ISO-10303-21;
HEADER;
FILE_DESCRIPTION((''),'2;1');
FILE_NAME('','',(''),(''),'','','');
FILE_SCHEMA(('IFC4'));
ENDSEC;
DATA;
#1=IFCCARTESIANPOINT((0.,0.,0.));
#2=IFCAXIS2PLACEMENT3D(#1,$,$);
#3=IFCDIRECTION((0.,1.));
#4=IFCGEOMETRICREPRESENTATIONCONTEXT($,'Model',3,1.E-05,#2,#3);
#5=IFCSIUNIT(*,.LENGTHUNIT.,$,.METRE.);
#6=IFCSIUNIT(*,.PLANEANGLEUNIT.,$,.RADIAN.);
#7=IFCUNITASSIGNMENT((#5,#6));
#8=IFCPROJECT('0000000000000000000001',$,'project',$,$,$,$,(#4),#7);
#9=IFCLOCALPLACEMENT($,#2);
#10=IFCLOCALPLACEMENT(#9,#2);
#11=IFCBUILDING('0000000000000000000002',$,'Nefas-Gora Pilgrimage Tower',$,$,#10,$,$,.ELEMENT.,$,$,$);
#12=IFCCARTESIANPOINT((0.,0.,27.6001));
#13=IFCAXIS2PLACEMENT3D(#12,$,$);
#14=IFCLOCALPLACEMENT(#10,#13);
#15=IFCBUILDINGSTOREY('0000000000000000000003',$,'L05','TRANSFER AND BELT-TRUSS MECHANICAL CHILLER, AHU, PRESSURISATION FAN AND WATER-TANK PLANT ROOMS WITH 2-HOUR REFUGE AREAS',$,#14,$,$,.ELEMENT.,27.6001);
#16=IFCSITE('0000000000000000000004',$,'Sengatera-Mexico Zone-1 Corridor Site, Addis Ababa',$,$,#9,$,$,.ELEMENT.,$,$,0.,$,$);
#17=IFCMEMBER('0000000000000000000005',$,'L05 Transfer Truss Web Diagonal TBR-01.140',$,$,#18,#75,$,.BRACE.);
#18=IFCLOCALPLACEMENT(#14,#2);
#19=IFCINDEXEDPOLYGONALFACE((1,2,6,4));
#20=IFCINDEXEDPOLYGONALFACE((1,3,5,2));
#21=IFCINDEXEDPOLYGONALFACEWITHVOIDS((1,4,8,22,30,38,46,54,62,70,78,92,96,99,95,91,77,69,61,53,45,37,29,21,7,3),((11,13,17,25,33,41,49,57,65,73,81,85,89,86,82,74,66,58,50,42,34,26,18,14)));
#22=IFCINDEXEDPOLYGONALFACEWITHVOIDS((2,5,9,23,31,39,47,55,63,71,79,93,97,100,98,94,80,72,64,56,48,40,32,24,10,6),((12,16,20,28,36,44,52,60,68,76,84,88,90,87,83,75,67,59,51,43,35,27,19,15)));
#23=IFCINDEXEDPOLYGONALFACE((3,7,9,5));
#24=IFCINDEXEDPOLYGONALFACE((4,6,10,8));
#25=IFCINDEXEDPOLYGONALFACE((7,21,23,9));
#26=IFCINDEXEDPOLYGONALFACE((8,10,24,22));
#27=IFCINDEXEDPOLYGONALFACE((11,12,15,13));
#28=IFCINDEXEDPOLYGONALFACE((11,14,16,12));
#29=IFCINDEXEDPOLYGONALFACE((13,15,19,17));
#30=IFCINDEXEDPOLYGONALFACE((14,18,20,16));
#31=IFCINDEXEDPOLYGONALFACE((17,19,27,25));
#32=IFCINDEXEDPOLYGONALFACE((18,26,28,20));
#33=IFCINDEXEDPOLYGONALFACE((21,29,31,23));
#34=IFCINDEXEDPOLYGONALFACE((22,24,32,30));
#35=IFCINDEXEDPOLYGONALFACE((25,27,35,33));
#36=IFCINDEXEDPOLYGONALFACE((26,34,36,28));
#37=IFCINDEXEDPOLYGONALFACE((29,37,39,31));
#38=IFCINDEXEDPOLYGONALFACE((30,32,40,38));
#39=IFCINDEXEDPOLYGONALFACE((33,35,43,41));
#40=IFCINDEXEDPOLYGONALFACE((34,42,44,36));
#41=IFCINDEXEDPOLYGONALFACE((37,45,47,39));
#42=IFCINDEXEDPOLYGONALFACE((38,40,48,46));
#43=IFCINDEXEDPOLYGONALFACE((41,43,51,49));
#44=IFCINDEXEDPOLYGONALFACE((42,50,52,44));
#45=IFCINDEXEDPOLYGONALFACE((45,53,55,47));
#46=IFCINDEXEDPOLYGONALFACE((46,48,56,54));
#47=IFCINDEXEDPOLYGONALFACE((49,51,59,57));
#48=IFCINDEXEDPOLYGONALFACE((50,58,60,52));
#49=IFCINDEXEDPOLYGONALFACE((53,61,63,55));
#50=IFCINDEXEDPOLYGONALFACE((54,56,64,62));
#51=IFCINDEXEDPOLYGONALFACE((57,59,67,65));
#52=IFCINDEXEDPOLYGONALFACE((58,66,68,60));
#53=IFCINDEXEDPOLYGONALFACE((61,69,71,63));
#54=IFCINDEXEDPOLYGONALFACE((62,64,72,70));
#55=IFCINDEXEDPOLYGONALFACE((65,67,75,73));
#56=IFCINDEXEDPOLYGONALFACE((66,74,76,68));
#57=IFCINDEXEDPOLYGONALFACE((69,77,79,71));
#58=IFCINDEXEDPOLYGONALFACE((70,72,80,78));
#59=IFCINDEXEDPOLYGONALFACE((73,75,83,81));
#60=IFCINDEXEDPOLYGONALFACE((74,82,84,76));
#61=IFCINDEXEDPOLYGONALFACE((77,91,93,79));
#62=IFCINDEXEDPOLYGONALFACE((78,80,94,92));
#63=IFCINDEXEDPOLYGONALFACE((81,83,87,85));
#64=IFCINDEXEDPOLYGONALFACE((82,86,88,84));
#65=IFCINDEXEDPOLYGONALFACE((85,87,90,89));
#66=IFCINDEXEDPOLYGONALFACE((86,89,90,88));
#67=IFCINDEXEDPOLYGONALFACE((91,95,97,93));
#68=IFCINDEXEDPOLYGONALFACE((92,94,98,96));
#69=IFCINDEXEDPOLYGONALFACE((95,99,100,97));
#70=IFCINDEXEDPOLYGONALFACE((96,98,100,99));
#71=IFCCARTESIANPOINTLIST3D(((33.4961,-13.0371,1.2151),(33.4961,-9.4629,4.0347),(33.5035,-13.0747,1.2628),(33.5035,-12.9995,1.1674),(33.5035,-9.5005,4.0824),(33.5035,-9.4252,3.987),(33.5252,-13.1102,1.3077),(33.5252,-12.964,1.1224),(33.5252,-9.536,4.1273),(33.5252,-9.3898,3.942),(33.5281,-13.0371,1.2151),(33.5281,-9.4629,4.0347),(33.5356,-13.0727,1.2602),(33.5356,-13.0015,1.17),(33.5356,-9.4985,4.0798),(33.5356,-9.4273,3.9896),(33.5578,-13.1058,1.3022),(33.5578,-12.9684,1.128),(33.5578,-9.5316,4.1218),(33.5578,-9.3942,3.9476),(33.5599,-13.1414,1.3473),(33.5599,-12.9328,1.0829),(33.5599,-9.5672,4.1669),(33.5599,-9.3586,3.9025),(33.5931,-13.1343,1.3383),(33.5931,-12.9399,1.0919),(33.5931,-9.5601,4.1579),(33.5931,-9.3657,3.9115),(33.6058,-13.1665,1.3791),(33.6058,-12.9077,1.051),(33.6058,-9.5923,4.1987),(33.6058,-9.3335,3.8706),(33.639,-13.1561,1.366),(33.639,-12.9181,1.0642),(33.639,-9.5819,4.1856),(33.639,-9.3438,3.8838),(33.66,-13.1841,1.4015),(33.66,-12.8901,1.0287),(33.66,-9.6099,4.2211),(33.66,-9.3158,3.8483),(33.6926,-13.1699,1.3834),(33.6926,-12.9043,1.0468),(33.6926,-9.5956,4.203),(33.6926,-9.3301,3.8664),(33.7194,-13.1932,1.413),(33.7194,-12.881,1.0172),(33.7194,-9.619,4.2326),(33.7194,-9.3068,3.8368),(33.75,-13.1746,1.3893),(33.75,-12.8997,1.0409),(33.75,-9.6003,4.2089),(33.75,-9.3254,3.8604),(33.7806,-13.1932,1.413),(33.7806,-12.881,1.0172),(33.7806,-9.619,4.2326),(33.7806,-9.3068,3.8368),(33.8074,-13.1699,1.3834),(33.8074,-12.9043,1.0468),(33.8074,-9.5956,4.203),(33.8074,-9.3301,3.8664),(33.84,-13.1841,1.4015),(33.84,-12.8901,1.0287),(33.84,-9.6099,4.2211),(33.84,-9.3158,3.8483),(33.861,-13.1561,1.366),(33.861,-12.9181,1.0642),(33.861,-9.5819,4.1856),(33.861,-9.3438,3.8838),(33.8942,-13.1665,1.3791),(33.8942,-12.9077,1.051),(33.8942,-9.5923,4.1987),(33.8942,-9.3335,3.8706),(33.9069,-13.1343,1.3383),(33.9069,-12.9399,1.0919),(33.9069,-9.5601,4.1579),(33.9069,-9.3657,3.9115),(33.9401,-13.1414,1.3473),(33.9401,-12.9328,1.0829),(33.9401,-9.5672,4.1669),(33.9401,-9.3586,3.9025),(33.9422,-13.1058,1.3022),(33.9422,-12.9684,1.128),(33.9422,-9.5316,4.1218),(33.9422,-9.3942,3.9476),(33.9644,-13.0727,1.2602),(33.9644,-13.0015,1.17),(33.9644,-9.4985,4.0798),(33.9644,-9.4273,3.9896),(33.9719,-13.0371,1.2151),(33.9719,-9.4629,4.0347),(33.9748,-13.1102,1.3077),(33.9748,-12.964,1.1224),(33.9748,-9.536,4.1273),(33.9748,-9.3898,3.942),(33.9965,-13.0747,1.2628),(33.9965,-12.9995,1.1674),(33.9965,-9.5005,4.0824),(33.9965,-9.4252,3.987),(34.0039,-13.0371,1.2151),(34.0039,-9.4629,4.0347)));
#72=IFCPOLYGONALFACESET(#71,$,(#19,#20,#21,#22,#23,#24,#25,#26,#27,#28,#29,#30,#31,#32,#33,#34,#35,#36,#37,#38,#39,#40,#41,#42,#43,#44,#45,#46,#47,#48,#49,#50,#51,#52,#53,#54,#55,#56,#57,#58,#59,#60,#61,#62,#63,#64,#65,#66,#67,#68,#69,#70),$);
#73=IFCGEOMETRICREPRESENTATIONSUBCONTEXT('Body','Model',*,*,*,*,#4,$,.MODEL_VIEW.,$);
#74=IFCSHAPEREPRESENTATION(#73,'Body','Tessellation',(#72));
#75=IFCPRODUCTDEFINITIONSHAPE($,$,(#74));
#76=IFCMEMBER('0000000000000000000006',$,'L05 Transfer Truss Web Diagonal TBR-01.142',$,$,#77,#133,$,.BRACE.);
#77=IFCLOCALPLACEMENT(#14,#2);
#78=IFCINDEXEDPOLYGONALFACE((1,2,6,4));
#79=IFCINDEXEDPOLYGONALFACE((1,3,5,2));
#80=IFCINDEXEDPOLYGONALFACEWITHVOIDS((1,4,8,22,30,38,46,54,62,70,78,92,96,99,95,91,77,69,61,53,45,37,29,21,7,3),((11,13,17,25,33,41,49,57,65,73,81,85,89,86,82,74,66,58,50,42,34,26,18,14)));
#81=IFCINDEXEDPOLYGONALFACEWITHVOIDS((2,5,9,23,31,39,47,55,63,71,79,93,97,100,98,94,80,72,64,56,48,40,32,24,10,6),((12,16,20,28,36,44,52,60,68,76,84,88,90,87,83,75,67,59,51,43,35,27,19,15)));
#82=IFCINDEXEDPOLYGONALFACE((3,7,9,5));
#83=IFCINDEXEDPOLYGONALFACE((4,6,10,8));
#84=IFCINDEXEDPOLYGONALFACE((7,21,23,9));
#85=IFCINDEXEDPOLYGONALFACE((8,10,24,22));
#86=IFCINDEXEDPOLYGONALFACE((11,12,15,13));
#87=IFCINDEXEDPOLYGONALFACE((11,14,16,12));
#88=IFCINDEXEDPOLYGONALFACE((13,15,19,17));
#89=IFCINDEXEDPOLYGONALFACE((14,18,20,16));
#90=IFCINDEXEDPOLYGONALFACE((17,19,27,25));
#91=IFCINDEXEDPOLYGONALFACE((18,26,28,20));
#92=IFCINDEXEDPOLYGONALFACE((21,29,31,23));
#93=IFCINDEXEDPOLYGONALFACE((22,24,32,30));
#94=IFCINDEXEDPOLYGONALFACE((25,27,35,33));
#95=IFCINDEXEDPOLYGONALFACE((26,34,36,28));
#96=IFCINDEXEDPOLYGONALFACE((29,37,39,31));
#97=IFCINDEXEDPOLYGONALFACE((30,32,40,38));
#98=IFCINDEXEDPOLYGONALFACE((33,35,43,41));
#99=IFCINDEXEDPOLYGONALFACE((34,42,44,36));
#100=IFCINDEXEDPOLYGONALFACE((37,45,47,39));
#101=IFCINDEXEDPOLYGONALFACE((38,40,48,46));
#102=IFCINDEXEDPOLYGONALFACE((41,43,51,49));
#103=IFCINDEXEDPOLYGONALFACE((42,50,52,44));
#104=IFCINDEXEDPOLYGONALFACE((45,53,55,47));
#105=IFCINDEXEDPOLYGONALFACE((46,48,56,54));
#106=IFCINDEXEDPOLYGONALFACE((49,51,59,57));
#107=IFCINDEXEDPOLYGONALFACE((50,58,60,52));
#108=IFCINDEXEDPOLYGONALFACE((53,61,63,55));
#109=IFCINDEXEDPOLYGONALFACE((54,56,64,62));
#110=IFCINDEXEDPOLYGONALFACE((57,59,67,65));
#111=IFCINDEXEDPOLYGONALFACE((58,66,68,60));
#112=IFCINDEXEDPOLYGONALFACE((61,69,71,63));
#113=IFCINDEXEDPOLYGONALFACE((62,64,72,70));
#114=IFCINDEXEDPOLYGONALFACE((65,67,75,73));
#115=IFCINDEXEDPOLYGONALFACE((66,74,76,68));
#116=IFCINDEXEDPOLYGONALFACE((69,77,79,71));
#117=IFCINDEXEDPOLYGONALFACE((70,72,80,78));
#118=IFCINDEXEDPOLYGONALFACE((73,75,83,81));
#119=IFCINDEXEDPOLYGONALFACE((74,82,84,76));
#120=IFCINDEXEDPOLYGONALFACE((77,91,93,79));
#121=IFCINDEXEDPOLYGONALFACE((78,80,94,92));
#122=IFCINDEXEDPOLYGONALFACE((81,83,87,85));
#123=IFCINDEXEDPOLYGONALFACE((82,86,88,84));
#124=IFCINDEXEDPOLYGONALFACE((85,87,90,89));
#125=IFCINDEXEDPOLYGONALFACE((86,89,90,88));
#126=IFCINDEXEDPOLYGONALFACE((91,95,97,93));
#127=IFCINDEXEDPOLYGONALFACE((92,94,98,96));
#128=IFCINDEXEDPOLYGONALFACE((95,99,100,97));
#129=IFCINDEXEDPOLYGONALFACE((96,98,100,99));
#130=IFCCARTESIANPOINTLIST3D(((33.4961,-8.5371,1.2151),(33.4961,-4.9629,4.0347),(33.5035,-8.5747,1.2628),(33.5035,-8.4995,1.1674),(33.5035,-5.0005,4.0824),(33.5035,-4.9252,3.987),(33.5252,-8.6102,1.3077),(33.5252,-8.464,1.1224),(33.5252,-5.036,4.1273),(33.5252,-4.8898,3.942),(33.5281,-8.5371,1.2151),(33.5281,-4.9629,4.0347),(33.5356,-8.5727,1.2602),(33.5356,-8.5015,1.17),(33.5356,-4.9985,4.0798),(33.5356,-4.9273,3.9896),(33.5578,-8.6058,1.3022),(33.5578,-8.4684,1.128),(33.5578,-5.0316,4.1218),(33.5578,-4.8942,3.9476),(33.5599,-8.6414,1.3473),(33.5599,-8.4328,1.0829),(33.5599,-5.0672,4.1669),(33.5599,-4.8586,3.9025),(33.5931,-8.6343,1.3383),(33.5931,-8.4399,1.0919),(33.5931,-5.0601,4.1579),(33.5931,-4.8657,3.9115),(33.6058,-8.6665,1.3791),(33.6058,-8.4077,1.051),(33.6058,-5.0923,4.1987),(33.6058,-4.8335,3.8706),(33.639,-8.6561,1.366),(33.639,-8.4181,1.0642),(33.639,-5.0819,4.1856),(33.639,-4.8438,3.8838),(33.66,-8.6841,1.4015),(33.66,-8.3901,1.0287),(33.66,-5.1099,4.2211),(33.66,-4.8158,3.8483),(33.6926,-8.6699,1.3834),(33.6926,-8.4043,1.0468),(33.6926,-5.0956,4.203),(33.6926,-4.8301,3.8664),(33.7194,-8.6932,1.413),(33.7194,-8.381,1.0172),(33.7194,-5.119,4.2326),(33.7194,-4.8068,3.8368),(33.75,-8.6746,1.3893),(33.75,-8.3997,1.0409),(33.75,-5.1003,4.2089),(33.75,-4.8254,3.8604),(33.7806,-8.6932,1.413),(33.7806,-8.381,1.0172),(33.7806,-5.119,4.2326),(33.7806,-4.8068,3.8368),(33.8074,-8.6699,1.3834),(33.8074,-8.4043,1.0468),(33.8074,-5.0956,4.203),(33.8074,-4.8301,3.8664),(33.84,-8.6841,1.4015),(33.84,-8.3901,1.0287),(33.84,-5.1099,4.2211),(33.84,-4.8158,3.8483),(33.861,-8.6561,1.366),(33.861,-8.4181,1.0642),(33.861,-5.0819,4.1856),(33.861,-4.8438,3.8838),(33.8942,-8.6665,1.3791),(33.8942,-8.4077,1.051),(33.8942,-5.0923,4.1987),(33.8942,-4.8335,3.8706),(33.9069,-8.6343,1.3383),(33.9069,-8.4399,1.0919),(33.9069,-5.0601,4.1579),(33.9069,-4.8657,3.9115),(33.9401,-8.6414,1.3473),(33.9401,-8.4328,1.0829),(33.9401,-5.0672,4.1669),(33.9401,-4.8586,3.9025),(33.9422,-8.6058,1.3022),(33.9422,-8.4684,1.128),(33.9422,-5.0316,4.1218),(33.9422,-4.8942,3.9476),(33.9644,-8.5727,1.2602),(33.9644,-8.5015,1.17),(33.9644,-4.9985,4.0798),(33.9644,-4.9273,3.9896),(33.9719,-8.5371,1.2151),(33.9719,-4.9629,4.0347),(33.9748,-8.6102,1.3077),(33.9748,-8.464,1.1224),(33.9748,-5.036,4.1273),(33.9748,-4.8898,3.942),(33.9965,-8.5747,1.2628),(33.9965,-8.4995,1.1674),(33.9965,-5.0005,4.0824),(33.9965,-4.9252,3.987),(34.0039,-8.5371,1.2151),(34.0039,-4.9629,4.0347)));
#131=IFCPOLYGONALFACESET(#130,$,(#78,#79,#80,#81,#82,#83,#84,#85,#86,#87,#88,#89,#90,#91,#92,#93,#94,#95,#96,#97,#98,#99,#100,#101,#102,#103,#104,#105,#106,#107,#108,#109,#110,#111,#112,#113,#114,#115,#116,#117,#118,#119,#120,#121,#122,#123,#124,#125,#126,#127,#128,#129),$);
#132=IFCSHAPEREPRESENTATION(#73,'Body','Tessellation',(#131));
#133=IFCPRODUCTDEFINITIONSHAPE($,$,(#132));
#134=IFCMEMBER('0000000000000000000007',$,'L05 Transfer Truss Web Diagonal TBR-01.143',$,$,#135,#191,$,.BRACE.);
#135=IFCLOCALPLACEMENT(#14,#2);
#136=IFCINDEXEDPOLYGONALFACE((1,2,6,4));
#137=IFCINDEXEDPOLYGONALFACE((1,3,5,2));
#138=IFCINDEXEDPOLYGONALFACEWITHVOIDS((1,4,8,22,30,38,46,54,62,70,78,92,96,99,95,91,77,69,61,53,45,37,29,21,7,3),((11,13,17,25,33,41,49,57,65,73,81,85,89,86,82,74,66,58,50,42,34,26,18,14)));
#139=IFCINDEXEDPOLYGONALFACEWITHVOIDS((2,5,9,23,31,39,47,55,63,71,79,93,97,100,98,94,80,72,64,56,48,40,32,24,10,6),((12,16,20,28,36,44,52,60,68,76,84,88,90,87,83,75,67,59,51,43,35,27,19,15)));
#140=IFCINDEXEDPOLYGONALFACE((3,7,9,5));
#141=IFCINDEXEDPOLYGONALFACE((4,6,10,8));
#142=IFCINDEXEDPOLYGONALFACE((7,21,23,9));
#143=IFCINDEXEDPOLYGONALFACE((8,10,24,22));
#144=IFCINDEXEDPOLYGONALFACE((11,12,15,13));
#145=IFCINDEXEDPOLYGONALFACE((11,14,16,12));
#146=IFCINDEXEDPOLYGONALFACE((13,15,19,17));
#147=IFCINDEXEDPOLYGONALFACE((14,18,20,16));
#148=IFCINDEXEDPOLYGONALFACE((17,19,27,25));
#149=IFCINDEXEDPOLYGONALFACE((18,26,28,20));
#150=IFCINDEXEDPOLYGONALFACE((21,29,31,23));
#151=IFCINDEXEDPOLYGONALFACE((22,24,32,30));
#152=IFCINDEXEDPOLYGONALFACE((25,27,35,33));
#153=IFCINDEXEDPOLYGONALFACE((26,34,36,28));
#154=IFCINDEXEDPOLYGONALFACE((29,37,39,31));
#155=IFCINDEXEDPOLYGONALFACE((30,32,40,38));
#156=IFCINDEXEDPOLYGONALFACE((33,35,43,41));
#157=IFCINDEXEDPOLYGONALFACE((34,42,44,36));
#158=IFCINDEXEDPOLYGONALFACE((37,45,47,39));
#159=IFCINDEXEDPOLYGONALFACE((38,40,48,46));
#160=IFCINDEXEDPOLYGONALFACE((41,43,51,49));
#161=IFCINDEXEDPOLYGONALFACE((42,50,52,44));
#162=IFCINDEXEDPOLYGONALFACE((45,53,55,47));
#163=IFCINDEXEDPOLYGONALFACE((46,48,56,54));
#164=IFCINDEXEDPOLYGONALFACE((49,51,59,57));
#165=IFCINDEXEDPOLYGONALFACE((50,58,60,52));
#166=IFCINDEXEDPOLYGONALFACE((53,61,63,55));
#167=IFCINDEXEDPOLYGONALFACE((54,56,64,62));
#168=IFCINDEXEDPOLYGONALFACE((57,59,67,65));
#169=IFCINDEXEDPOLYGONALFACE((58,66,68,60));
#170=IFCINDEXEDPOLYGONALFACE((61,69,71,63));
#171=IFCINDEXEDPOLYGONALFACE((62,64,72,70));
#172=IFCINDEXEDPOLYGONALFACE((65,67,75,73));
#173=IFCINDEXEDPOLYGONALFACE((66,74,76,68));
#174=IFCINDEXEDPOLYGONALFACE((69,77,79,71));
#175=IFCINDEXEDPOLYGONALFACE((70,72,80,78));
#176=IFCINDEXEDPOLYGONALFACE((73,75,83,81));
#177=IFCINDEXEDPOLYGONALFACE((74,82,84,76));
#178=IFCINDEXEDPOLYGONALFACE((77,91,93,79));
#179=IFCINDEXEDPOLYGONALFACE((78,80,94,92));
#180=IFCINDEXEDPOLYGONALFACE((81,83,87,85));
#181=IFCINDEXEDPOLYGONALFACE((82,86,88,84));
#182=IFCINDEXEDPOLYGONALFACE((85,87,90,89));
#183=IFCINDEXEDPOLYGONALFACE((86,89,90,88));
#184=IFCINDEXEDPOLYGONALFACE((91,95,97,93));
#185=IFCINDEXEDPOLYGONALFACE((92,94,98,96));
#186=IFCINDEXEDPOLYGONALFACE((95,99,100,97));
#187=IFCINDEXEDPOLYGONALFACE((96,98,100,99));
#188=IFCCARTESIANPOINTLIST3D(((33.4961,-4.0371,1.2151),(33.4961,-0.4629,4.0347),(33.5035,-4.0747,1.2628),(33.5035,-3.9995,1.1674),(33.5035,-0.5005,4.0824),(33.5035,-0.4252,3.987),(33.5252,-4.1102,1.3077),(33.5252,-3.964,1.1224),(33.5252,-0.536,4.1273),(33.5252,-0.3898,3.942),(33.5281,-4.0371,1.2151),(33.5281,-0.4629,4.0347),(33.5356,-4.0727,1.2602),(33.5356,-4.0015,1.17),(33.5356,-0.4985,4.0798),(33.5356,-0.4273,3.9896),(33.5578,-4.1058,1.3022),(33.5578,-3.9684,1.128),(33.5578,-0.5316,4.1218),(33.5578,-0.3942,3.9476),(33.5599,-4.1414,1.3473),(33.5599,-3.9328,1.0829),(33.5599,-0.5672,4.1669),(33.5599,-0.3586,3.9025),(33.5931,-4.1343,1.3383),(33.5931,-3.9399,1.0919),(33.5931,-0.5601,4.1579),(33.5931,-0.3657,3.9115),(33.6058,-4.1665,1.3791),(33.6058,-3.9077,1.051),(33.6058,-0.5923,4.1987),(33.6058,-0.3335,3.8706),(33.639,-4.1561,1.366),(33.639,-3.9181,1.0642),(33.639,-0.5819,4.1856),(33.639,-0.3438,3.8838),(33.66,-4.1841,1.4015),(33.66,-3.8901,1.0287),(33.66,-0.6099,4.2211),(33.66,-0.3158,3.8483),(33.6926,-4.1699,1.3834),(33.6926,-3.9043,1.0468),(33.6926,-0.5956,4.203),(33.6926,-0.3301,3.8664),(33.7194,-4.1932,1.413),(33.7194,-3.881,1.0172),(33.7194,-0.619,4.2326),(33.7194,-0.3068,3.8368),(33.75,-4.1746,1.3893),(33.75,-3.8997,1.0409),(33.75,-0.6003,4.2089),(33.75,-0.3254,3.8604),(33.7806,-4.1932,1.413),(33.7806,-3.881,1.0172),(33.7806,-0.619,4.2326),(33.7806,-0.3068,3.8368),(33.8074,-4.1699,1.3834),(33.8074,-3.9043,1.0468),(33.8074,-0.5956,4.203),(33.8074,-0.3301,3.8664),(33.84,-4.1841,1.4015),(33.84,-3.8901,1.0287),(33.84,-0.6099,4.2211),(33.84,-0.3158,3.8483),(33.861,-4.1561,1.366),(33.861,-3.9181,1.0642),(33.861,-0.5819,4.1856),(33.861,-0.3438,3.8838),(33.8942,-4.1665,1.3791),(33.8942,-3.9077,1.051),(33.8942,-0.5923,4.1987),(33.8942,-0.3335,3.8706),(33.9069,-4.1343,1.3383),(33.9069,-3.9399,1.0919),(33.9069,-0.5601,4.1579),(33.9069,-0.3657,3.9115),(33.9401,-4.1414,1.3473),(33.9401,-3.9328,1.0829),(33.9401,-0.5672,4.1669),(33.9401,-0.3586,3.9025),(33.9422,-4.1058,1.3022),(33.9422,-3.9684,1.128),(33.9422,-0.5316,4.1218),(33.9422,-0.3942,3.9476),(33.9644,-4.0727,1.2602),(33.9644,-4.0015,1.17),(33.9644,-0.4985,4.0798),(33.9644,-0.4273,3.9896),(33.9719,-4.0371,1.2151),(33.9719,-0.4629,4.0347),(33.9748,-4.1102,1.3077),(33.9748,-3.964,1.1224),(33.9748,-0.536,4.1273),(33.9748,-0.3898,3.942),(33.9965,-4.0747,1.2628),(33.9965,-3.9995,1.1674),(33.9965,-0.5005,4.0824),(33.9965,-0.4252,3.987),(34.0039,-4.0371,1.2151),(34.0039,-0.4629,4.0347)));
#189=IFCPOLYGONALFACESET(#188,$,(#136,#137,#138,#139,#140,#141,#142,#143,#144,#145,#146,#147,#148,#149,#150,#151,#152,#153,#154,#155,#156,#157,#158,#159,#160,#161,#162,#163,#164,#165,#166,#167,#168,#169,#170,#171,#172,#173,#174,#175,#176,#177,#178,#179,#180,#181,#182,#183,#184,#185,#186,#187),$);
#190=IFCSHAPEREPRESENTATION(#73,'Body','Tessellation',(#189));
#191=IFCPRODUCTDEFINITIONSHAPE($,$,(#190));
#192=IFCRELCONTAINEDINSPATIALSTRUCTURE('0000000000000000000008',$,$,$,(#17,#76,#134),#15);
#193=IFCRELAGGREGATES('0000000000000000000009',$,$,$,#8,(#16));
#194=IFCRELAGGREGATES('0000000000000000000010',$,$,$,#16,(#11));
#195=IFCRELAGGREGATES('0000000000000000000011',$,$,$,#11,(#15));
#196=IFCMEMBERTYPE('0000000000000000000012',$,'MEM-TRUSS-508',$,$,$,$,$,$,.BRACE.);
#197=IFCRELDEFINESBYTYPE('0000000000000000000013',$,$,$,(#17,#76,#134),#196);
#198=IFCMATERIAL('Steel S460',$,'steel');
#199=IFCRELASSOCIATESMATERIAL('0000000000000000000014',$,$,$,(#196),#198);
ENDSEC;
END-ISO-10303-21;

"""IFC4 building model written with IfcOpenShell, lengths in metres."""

from ifc_helpers import new_model, si_unit, direction, frame, origin, origin_2d, place, context, subcontext, project, spatial, hollow_circle, extrude, source, transform, mapped, material, material_profile, profile_set, type_object, element, save


model = new_model("IFC4")

# Units and contexts
model_context = context("Model", 3, precision=1e-05, world=origin(), true_north=direction((0.0, 1.0)))
body_context = subcontext(model_context, "Body", "Model", "MODEL_VIEW")
ifc_project = project(units=[si_unit("LENGTHUNIT", "METRE"), si_unit("PLANEANGLEUNIT", "RADIAN")], contexts=[model_context])

# Site, building, storey
site_placement = place(None, origin())
site = spatial("IfcSite", under=ifc_project, at=site_placement, Name="Sengatera-Mexico Zone-1 Corridor Site, Addis Ababa", CompositionType="ELEMENT", RefElevation=0.0)
building_placement = place(site_placement, origin())
building = spatial("IfcBuilding", under=site, at=building_placement, Name="Nefas-Gora Pilgrimage Tower", CompositionType="ELEMENT")
storey_placement = place(building_placement, frame((0.0, 0.0, 27.6001)))
storey = spatial("IfcBuildingStorey", under=building, at=storey_placement, Name="L05", Description="TRANSFER AND BELT-TRUSS MECHANICAL CHILLER, AHU, PRESSURISATION FAN AND WATER-TANK PLANT ROOMS WITH 2-HOUR REFUGE AREAS", CompositionType="ELEMENT", Elevation=27.6001)

# Shared definitions
ifc_material = material(Name="Steel S460", Category="steel")

# Shared definitions
ifc_material_profile_1 = material_profile(ifc_material, hollow_circle(Radius=0.2539, WallThickness=0.032, at=origin_2d()), Name="CHS 508x32")
ifc_profile_set_1 = profile_set([ifc_material_profile_1], Name="Steel S460")
member_type = type_object("IfcMemberType", Name="MEM-TRUSS-508", PredefinedType="BRACE", material=ifc_profile_set_1)

# Members
shared_shape_1 = source(origin(), body_context, "Body", "SweptSolid", [
    extrude(hollow_circle(Radius=0.2539, WallThickness=0.032, at=origin_2d()), origin(), (0.0, 0.0, 1.0), 4.5525),
])
for number, where, z_axis, x_axis, name in (
    (1, (33.75, -13.0371, 1.2151), (0.0, 0.785115, 0.61935), (-1.0, 0.0, 0.0), "L05 Transfer Truss Web Diagonal TBR-01.140"),
    (2, (33.75, -8.5371, 1.2151), (0.0, 0.785115, 0.61935), (-1.0, 0.0, 0.0), "L05 Transfer Truss Web Diagonal TBR-01.142"),
    (3, (33.75, -4.0371, 1.2151), (0.0, 0.785115, 0.61935), (-1.0, 0.0, 0.0), "L05 Transfer Truss Web Diagonal TBR-01.143"),
):
    element("IfcMember", number, at=place(storey_placement, frame(where, z_axis=z_axis, x_axis=x_axis)), inside=storey, type_object=member_type, Name=name, PredefinedType="BRACE", context=body_context, shape_type="MappedRepresentation", body=[
        mapped(shared_shape_1, transform((0.0, 0.0, 0.0), x_axis=(1.0, 0.0, 0.0), y_axis=(0.0, 1.0, 0.0), z_axis=(0.0, 0.0, 1.0), scale=1.0)),
    ])

save(model, "model.ifc")
